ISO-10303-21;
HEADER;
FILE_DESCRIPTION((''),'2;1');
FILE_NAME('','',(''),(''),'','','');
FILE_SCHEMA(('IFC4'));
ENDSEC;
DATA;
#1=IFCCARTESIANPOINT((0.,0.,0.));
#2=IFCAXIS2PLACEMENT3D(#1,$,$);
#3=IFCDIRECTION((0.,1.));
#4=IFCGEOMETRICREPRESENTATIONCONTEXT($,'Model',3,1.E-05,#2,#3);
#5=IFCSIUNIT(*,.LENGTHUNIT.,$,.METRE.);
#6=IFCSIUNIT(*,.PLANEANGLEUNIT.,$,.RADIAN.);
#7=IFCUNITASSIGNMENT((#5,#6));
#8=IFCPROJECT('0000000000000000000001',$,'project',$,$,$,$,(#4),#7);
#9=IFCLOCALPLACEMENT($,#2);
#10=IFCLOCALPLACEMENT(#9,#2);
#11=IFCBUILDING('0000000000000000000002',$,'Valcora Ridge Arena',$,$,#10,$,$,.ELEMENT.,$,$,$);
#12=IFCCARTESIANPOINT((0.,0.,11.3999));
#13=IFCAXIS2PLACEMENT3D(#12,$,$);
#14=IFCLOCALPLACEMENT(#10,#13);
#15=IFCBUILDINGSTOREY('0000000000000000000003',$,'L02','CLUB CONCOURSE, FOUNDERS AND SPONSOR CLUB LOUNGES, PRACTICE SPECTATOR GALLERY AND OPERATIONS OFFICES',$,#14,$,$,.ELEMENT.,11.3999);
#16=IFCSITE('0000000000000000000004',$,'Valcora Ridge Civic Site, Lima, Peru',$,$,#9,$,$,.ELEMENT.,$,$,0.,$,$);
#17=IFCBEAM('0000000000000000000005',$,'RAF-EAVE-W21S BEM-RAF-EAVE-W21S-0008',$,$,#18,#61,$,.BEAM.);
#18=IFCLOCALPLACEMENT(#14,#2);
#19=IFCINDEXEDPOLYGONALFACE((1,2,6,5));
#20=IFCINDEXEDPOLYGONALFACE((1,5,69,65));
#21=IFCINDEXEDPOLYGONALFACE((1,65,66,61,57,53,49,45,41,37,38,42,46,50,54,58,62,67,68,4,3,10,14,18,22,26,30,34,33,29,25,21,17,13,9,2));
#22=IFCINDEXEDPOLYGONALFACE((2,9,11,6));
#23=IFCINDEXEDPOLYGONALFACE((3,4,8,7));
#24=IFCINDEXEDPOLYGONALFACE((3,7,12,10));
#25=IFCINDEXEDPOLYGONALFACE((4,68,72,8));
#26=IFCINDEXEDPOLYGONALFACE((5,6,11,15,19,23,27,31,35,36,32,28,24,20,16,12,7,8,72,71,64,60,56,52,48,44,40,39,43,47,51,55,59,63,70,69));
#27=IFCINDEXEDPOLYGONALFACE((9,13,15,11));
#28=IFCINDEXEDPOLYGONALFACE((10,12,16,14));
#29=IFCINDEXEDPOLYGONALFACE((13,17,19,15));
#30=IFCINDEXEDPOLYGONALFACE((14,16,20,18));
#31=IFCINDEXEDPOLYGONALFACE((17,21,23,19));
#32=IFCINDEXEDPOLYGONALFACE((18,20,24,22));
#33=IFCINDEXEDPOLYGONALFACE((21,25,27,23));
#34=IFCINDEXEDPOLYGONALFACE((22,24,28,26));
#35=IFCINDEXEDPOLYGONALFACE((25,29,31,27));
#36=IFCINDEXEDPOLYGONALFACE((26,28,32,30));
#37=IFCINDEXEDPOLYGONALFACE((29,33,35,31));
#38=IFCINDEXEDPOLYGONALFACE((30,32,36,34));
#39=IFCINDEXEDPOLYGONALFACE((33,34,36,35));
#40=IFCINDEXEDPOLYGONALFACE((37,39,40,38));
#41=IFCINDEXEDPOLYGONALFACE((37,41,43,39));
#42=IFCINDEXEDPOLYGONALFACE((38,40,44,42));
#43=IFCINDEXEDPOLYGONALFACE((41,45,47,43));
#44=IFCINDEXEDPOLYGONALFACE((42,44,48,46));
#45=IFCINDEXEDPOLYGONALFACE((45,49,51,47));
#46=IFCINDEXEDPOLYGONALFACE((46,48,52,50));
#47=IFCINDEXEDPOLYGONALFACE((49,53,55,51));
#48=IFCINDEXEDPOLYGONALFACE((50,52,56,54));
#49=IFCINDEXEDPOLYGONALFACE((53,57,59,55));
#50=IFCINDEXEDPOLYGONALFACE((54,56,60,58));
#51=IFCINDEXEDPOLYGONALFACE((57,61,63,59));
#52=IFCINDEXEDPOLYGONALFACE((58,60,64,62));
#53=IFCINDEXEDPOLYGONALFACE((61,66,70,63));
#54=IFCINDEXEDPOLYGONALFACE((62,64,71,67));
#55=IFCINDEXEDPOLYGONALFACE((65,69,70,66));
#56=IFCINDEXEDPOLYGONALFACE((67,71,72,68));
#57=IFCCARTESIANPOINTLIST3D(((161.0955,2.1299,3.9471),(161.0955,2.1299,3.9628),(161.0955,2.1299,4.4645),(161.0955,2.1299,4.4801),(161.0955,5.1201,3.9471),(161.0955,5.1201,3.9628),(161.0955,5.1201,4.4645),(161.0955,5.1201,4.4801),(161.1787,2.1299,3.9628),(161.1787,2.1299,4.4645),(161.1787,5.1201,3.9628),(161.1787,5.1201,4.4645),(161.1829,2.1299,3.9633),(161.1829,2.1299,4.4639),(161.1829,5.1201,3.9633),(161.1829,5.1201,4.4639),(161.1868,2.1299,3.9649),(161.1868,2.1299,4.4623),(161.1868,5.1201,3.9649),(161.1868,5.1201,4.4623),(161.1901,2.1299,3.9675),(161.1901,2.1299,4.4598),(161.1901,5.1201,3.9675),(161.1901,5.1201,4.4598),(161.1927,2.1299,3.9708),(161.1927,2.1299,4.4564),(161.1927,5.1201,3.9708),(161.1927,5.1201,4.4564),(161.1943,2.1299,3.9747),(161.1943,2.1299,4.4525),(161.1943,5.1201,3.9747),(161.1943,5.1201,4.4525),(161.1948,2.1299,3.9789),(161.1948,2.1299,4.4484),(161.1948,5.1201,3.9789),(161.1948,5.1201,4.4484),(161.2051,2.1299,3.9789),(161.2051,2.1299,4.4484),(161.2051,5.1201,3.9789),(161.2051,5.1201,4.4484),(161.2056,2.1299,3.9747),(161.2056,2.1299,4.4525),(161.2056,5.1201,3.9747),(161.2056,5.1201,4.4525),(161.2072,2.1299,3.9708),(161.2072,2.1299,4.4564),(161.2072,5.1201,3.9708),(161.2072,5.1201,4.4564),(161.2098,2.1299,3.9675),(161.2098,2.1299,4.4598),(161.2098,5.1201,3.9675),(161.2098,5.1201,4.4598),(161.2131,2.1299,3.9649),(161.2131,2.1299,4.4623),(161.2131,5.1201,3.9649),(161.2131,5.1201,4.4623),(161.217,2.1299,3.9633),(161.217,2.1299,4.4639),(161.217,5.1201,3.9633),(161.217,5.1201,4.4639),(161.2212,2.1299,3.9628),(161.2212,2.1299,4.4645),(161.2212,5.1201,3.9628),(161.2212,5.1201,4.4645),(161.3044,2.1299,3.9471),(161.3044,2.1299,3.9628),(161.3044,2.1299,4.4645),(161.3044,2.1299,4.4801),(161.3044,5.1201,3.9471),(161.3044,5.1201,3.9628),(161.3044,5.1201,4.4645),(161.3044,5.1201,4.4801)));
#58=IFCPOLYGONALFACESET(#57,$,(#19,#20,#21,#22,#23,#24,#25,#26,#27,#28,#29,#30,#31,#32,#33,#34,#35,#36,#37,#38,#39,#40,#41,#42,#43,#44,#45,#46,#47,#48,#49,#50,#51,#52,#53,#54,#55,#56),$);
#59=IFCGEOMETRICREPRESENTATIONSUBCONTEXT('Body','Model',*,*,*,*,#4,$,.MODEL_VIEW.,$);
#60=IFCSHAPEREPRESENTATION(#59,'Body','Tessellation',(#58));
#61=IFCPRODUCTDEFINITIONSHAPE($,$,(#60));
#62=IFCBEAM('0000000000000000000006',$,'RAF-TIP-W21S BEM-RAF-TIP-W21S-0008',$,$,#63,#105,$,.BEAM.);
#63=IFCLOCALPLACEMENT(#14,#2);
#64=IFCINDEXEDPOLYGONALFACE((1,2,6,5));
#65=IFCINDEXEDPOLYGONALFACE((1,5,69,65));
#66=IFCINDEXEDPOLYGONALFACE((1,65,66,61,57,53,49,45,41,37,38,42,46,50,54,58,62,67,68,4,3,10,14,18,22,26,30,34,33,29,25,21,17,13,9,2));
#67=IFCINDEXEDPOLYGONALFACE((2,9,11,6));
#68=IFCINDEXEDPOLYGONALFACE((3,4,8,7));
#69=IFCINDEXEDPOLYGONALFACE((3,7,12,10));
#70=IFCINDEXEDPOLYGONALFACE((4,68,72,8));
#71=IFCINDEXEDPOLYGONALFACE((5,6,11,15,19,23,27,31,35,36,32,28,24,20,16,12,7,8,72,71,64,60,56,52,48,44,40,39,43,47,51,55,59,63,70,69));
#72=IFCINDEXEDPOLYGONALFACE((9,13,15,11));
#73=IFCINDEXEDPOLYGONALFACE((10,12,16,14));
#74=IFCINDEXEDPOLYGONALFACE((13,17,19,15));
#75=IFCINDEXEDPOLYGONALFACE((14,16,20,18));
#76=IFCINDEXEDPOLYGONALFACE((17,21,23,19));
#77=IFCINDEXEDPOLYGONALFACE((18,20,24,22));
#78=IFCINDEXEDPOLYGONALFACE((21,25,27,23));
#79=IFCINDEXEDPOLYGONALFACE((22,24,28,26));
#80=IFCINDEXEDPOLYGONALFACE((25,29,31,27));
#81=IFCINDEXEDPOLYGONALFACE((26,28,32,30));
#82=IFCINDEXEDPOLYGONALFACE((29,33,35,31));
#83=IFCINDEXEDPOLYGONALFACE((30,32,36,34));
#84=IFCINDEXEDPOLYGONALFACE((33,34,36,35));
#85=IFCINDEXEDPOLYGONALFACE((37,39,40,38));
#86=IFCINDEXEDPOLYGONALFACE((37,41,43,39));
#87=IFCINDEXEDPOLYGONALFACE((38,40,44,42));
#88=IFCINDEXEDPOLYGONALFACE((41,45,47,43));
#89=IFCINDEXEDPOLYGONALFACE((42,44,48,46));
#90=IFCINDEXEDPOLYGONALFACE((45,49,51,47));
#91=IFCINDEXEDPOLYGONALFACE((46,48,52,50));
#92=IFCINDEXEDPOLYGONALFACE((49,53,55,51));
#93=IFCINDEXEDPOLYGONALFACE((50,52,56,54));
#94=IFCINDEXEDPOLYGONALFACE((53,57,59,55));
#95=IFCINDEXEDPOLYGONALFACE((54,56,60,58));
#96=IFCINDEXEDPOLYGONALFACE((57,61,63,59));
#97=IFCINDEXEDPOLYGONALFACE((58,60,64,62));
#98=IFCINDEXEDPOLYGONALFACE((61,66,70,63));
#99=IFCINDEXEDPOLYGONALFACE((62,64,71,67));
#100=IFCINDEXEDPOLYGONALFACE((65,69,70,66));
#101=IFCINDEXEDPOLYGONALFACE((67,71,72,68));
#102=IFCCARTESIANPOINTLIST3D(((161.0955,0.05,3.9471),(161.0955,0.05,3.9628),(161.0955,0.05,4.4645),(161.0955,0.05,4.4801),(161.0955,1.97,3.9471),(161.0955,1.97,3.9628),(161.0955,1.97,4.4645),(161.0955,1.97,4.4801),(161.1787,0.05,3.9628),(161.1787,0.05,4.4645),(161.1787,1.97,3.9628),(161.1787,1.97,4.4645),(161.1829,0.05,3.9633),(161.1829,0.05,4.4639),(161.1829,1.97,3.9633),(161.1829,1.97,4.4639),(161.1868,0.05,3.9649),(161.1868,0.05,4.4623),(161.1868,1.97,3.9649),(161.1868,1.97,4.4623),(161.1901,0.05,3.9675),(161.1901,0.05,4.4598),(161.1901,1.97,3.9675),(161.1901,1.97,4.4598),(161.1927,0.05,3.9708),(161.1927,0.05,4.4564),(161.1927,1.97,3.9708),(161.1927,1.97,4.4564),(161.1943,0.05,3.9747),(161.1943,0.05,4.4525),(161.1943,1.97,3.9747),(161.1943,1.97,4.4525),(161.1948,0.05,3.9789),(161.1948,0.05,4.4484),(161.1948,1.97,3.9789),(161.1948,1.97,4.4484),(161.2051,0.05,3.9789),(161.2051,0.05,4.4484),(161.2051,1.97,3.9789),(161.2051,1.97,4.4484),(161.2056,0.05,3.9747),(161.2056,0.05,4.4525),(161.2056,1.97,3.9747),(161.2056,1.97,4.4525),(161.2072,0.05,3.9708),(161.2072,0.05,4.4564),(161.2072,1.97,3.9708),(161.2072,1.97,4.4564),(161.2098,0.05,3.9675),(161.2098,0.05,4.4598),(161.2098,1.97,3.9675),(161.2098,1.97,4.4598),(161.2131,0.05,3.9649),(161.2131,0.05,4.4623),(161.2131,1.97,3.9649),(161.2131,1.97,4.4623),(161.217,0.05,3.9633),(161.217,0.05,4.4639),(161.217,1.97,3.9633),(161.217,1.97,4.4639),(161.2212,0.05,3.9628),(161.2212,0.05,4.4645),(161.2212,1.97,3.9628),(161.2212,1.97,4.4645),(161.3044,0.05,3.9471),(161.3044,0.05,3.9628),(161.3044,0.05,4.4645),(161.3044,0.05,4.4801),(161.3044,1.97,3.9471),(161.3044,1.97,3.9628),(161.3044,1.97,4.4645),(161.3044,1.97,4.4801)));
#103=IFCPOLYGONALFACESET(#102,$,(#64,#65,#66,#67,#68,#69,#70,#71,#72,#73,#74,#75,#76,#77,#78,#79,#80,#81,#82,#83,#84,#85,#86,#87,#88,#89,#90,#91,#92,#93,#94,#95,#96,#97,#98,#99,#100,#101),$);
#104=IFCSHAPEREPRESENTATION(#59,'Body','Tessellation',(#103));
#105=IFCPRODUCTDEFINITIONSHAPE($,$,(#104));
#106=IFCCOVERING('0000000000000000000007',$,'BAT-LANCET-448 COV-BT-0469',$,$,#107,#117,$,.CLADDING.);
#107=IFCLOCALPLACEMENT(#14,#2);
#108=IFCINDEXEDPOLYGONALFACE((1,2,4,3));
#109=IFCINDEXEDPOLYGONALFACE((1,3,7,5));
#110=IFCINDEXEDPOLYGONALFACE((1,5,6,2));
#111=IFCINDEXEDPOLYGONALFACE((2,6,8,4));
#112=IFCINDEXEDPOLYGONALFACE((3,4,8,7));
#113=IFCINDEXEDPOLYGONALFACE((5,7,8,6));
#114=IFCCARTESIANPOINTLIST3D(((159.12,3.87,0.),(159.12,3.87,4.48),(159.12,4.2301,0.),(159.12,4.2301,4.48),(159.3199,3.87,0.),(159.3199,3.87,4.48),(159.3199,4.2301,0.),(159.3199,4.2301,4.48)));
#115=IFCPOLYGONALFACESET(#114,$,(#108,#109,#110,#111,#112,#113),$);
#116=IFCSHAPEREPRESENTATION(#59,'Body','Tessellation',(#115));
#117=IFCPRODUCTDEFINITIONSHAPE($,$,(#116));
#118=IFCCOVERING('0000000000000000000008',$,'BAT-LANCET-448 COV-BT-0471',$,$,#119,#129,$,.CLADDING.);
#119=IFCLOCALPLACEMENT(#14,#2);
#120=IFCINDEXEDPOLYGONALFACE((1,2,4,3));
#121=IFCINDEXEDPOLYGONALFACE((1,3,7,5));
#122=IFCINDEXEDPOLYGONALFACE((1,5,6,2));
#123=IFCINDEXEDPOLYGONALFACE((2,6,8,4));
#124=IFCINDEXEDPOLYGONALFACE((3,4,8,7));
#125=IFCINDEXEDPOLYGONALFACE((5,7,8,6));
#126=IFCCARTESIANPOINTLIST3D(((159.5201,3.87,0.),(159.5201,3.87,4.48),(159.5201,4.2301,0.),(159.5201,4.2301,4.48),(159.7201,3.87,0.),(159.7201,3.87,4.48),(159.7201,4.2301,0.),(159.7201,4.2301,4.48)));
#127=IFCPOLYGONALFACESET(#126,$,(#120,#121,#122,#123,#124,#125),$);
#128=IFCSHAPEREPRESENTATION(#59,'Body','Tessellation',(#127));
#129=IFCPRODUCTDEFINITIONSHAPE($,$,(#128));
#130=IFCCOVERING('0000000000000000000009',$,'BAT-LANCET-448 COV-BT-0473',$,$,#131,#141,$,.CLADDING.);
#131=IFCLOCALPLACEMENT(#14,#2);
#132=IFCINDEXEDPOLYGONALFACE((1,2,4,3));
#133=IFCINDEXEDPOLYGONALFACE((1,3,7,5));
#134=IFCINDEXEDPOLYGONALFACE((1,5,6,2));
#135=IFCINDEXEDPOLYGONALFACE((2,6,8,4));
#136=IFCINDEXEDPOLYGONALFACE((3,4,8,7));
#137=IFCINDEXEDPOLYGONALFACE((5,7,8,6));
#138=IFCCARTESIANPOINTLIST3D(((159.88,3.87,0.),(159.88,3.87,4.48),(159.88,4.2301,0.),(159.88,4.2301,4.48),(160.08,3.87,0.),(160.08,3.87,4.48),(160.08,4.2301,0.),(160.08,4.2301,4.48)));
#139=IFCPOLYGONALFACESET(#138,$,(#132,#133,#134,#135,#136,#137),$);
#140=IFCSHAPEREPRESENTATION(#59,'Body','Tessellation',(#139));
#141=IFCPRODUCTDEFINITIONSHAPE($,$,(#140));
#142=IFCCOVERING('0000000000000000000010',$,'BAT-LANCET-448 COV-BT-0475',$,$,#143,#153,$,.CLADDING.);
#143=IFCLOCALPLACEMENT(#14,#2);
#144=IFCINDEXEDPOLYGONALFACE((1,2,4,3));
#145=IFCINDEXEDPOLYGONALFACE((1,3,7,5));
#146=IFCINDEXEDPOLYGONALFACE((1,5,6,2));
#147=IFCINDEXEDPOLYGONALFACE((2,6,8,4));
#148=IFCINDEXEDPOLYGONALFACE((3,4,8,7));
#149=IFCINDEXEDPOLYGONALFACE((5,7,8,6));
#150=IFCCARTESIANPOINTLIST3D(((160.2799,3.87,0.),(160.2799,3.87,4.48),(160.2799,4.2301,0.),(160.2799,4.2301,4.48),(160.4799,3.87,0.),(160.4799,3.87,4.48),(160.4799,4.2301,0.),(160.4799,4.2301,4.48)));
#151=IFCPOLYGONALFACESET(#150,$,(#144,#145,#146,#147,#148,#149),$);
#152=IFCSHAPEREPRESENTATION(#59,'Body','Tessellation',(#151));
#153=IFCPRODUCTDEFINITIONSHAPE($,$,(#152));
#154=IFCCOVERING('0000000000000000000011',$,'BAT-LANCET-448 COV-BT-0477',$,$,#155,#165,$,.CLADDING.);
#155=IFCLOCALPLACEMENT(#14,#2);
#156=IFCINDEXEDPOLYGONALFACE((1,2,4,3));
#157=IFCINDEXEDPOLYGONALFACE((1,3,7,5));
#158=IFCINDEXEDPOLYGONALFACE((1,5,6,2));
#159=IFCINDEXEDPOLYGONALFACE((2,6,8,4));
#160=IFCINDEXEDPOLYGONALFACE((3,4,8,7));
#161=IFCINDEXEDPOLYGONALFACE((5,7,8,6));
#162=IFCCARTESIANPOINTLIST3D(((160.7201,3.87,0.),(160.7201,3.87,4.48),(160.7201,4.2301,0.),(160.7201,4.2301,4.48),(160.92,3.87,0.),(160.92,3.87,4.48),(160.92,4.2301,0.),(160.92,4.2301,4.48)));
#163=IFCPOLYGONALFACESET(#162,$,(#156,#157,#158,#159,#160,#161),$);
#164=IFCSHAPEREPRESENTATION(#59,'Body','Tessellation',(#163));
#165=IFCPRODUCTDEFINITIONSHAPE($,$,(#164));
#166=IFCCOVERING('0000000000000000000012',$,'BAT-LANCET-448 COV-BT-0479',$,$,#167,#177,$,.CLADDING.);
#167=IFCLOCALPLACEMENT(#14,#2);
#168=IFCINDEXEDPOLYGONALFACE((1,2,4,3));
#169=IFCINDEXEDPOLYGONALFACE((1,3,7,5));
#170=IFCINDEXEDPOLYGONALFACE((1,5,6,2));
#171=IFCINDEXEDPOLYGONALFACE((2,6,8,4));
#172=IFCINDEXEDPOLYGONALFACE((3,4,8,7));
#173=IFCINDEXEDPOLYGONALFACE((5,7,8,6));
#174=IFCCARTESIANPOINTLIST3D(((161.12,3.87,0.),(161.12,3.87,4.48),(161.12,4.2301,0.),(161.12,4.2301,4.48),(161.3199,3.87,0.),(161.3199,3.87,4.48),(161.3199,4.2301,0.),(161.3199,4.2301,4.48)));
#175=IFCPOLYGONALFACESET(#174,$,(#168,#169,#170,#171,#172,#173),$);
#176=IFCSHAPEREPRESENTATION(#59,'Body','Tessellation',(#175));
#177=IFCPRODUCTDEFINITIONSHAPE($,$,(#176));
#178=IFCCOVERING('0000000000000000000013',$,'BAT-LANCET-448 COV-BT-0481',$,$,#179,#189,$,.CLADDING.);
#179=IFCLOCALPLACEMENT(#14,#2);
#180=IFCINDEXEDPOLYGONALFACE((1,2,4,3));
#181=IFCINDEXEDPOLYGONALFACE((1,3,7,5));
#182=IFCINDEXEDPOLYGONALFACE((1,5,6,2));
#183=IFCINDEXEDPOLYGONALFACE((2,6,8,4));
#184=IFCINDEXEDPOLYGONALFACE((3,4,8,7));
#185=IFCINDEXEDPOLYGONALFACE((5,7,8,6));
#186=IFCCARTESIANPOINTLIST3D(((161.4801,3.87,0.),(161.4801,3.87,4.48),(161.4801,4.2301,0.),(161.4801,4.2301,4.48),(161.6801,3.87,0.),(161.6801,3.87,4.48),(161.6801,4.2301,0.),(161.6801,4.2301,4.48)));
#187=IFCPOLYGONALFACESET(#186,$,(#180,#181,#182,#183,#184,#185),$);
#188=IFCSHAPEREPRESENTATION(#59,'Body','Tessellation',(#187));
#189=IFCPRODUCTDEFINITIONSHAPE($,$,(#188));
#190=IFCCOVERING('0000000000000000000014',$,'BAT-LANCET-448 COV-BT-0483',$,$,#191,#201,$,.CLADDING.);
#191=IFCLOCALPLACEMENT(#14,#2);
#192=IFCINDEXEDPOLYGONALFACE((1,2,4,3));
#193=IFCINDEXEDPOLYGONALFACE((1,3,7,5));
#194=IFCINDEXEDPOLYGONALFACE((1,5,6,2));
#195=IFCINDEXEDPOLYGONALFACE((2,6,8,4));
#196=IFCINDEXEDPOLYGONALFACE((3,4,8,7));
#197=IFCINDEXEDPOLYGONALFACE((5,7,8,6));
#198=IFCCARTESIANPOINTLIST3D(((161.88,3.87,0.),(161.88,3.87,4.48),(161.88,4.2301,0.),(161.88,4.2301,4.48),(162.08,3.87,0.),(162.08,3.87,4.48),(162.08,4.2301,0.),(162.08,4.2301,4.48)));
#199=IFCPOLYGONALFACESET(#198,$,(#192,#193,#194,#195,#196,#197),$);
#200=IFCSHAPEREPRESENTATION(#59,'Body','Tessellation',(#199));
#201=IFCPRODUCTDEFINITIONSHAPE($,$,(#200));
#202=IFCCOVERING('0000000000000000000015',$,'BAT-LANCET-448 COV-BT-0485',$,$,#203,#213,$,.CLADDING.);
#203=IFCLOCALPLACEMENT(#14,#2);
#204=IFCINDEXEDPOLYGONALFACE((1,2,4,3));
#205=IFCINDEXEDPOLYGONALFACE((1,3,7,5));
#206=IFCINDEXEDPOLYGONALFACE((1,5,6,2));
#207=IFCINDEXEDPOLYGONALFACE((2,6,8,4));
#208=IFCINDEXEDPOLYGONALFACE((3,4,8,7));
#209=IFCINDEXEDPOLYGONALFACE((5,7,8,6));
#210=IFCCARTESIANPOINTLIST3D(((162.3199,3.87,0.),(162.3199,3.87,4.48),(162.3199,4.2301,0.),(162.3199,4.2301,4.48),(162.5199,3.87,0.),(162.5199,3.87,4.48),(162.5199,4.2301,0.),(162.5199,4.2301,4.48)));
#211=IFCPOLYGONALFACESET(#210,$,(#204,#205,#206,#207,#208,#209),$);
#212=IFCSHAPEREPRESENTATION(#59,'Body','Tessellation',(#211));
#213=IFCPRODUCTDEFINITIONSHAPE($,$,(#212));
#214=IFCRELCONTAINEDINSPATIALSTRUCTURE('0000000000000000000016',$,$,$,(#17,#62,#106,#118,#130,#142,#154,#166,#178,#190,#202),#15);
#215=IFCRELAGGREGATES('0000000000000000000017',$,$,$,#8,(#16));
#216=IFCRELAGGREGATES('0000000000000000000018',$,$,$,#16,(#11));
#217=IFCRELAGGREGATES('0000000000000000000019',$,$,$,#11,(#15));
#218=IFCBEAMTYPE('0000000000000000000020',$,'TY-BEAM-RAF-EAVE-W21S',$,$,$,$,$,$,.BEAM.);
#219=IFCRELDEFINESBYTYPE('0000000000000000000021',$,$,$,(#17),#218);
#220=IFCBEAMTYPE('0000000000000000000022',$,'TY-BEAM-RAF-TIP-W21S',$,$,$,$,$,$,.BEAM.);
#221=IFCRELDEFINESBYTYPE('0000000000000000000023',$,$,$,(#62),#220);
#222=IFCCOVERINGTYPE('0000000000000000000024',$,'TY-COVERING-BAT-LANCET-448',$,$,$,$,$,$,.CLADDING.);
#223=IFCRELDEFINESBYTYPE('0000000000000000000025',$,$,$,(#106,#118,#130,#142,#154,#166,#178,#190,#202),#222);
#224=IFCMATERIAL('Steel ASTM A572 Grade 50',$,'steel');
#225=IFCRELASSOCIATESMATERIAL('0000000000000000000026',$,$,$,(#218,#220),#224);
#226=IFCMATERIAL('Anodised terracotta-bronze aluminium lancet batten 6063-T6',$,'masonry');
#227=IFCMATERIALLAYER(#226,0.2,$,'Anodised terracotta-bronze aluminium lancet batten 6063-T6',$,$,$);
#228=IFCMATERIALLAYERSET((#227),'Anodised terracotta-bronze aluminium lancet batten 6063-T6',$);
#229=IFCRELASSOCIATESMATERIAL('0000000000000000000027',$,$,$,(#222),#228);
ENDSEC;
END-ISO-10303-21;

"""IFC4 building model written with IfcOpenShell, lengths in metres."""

from ifc_helpers import new_model, si_unit, direction, frame, origin, origin_2d, place, context, subcontext, project, spatial, rectangle, i_section, extrude, material, layer, layer_set, material_profile, profile_set, type_object, element, save


model = new_model("IFC4")

# Units and contexts
model_context = context("Model", 3, precision=1e-05, world=origin(), true_north=direction((0.0, 1.0)))
body_context = subcontext(model_context, "Body", "Model", "MODEL_VIEW")
ifc_project = project(units=[si_unit("LENGTHUNIT", "METRE"), si_unit("PLANEANGLEUNIT", "RADIAN")], contexts=[model_context])

# Site, building, storey
site_placement = place(None, origin())
site = spatial("IfcSite", under=ifc_project, at=site_placement, Name="Valcora Ridge Civic Site, Lima, Peru", CompositionType="ELEMENT", RefElevation=0.0)
building_placement = place(site_placement, origin())
building = spatial("IfcBuilding", under=site, at=building_placement, Name="Valcora Ridge Arena", CompositionType="ELEMENT")
storey_placement = place(building_placement, frame((0.0, 0.0, 11.3999)))
storey = spatial("IfcBuildingStorey", under=building, at=storey_placement, Name="L02", Description="CLUB CONCOURSE, FOUNDERS AND SPONSOR CLUB LOUNGES, PRACTICE SPECTATOR GALLERY AND OPERATIONS OFFICES", CompositionType="ELEMENT", Elevation=11.3999)

# Beams
ifc_material_1 = material(Name="Steel ASTM A572 Grade 50", Category="steel")
ifc_material_profile_1 = material_profile(ifc_material_1, i_section(OverallWidth=0.209, OverallDepth=0.533, WebThickness=0.0103, FlangeThickness=0.0156, FilletRadius=0.0161, at=origin_2d()), Name="W21X62")
ifc_profile_set_1 = profile_set([ifc_material_profile_1], Name="Steel ASTM A572 Grade 50")
beam_type_1 = type_object("IfcBeamType", Name="TY-BEAM-RAF-EAVE-W21S", PredefinedType="BEAM", material=ifc_profile_set_1)
beam_1_placement = place(storey_placement, frame((161.2, 2.1299, 4.2136), z_axis=(0.0, 1.0, 0.0), x_axis=(-1.0, 0.0, 0.0)))
element("IfcBeam", 1, at=beam_1_placement, inside=storey, type_object=beam_type_1, Name="RAF-EAVE-W21S BEM-RAF-EAVE-W21S-0008", PredefinedType="BEAM", context=body_context, shape_type="SweptSolid", body=[
    extrude(i_section(OverallWidth=0.209, OverallDepth=0.533, WebThickness=0.0103, FlangeThickness=0.0156, FilletRadius=0.0161, at=origin_2d()), origin(), (0.0, 0.0, 1.0), 2.9902),
])
ifc_material_profile_2 = material_profile(ifc_material_1, i_section(OverallWidth=0.209, OverallDepth=0.533, WebThickness=0.0103, FlangeThickness=0.0156, FilletRadius=0.0161, at=origin_2d()), Name="W21X62")
ifc_profile_set_2 = profile_set([ifc_material_profile_2], Name="Steel ASTM A572 Grade 50")
beam_type_2 = type_object("IfcBeamType", Name="TY-BEAM-RAF-TIP-W21S", PredefinedType="BEAM", material=ifc_profile_set_2)
beam_2_placement = place(storey_placement, frame((161.2, 0.05, 4.2136), z_axis=(0.0, 1.0, 0.0), x_axis=(-1.0, 0.0, 0.0)))
element("IfcBeam", 2, at=beam_2_placement, inside=storey, type_object=beam_type_2, Name="RAF-TIP-W21S BEM-RAF-TIP-W21S-0008", PredefinedType="BEAM", context=body_context, shape_type="SweptSolid", body=[
    extrude(i_section(OverallWidth=0.209, OverallDepth=0.533, WebThickness=0.0103, FlangeThickness=0.0156, FilletRadius=0.0161, at=origin_2d()), origin(), (0.0, 0.0, 1.0), 1.9199),
])

# Coverings
ifc_material_2 = material(Name="Anodised terracotta-bronze aluminium lancet batten 6063-T6", Category="masonry")
ifc_layer_1 = layer(ifc_material_2, 0.2, Name="Anodised terracotta-bronze aluminium lancet batten 6063-T6")
ifc_layer_set_1 = layer_set([ifc_layer_1], Name="Anodised terracotta-bronze aluminium lancet batten 6063-T6")
covering_type = type_object("IfcCoveringType", Name="TY-COVERING-BAT-LANCET-448", PredefinedType="CLADDING", material=ifc_layer_set_1)
for number, where, z_axis, x_axis, name in (
    (3, (159.22, 4.05, 0.0), (0.0, 0.0, 1.0), (1.0, 0.0, 0.0), "BAT-LANCET-448 COV-BT-0469"),
    (4, (159.6201, 4.05, 0.0), (0.0, 0.0, 1.0), (1.0, 0.0, 0.0), "BAT-LANCET-448 COV-BT-0471"),
    (5, (159.98, 4.05, 0.0), (0.0, 0.0, 1.0), (1.0, 0.0, 0.0), "BAT-LANCET-448 COV-BT-0473"),
    (6, (160.3799, 4.05, 0.0), (0.0, 0.0, 1.0), (1.0, 0.0, 0.0), "BAT-LANCET-448 COV-BT-0475"),
    (7, (160.8201, 4.05, 0.0), (0.0, 0.0, 1.0), (1.0, 0.0, 0.0), "BAT-LANCET-448 COV-BT-0477"),
    (8, (161.22, 4.05, 0.0), (0.0, 0.0, 1.0), (1.0, 0.0, 0.0), "BAT-LANCET-448 COV-BT-0479"),
    (9, (161.5801, 4.05, 0.0), (0.0, 0.0, 1.0), (1.0, 0.0, 0.0), "BAT-LANCET-448 COV-BT-0481"),
    (10, (161.98, 4.05, 0.0), (0.0, 0.0, 1.0), (1.0, 0.0, 0.0), "BAT-LANCET-448 COV-BT-0483"),
    (11, (162.4199, 4.05, 0.0), (0.0, 0.0, 1.0), (1.0, 0.0, 0.0), "BAT-LANCET-448 COV-BT-0485"),
):
    element("IfcCovering", number, at=place(storey_placement, frame(where, z_axis=z_axis, x_axis=x_axis)), inside=storey, type_object=covering_type, Name=name, PredefinedType="CLADDING", context=body_context, shape_type="SweptSolid", body=[
        extrude(rectangle(XDim=0.2, YDim=0.3601, at=origin_2d()), origin(), (0.0, 0.0, 1.0), 4.48),
    ])

save(model, "model.ifc")
